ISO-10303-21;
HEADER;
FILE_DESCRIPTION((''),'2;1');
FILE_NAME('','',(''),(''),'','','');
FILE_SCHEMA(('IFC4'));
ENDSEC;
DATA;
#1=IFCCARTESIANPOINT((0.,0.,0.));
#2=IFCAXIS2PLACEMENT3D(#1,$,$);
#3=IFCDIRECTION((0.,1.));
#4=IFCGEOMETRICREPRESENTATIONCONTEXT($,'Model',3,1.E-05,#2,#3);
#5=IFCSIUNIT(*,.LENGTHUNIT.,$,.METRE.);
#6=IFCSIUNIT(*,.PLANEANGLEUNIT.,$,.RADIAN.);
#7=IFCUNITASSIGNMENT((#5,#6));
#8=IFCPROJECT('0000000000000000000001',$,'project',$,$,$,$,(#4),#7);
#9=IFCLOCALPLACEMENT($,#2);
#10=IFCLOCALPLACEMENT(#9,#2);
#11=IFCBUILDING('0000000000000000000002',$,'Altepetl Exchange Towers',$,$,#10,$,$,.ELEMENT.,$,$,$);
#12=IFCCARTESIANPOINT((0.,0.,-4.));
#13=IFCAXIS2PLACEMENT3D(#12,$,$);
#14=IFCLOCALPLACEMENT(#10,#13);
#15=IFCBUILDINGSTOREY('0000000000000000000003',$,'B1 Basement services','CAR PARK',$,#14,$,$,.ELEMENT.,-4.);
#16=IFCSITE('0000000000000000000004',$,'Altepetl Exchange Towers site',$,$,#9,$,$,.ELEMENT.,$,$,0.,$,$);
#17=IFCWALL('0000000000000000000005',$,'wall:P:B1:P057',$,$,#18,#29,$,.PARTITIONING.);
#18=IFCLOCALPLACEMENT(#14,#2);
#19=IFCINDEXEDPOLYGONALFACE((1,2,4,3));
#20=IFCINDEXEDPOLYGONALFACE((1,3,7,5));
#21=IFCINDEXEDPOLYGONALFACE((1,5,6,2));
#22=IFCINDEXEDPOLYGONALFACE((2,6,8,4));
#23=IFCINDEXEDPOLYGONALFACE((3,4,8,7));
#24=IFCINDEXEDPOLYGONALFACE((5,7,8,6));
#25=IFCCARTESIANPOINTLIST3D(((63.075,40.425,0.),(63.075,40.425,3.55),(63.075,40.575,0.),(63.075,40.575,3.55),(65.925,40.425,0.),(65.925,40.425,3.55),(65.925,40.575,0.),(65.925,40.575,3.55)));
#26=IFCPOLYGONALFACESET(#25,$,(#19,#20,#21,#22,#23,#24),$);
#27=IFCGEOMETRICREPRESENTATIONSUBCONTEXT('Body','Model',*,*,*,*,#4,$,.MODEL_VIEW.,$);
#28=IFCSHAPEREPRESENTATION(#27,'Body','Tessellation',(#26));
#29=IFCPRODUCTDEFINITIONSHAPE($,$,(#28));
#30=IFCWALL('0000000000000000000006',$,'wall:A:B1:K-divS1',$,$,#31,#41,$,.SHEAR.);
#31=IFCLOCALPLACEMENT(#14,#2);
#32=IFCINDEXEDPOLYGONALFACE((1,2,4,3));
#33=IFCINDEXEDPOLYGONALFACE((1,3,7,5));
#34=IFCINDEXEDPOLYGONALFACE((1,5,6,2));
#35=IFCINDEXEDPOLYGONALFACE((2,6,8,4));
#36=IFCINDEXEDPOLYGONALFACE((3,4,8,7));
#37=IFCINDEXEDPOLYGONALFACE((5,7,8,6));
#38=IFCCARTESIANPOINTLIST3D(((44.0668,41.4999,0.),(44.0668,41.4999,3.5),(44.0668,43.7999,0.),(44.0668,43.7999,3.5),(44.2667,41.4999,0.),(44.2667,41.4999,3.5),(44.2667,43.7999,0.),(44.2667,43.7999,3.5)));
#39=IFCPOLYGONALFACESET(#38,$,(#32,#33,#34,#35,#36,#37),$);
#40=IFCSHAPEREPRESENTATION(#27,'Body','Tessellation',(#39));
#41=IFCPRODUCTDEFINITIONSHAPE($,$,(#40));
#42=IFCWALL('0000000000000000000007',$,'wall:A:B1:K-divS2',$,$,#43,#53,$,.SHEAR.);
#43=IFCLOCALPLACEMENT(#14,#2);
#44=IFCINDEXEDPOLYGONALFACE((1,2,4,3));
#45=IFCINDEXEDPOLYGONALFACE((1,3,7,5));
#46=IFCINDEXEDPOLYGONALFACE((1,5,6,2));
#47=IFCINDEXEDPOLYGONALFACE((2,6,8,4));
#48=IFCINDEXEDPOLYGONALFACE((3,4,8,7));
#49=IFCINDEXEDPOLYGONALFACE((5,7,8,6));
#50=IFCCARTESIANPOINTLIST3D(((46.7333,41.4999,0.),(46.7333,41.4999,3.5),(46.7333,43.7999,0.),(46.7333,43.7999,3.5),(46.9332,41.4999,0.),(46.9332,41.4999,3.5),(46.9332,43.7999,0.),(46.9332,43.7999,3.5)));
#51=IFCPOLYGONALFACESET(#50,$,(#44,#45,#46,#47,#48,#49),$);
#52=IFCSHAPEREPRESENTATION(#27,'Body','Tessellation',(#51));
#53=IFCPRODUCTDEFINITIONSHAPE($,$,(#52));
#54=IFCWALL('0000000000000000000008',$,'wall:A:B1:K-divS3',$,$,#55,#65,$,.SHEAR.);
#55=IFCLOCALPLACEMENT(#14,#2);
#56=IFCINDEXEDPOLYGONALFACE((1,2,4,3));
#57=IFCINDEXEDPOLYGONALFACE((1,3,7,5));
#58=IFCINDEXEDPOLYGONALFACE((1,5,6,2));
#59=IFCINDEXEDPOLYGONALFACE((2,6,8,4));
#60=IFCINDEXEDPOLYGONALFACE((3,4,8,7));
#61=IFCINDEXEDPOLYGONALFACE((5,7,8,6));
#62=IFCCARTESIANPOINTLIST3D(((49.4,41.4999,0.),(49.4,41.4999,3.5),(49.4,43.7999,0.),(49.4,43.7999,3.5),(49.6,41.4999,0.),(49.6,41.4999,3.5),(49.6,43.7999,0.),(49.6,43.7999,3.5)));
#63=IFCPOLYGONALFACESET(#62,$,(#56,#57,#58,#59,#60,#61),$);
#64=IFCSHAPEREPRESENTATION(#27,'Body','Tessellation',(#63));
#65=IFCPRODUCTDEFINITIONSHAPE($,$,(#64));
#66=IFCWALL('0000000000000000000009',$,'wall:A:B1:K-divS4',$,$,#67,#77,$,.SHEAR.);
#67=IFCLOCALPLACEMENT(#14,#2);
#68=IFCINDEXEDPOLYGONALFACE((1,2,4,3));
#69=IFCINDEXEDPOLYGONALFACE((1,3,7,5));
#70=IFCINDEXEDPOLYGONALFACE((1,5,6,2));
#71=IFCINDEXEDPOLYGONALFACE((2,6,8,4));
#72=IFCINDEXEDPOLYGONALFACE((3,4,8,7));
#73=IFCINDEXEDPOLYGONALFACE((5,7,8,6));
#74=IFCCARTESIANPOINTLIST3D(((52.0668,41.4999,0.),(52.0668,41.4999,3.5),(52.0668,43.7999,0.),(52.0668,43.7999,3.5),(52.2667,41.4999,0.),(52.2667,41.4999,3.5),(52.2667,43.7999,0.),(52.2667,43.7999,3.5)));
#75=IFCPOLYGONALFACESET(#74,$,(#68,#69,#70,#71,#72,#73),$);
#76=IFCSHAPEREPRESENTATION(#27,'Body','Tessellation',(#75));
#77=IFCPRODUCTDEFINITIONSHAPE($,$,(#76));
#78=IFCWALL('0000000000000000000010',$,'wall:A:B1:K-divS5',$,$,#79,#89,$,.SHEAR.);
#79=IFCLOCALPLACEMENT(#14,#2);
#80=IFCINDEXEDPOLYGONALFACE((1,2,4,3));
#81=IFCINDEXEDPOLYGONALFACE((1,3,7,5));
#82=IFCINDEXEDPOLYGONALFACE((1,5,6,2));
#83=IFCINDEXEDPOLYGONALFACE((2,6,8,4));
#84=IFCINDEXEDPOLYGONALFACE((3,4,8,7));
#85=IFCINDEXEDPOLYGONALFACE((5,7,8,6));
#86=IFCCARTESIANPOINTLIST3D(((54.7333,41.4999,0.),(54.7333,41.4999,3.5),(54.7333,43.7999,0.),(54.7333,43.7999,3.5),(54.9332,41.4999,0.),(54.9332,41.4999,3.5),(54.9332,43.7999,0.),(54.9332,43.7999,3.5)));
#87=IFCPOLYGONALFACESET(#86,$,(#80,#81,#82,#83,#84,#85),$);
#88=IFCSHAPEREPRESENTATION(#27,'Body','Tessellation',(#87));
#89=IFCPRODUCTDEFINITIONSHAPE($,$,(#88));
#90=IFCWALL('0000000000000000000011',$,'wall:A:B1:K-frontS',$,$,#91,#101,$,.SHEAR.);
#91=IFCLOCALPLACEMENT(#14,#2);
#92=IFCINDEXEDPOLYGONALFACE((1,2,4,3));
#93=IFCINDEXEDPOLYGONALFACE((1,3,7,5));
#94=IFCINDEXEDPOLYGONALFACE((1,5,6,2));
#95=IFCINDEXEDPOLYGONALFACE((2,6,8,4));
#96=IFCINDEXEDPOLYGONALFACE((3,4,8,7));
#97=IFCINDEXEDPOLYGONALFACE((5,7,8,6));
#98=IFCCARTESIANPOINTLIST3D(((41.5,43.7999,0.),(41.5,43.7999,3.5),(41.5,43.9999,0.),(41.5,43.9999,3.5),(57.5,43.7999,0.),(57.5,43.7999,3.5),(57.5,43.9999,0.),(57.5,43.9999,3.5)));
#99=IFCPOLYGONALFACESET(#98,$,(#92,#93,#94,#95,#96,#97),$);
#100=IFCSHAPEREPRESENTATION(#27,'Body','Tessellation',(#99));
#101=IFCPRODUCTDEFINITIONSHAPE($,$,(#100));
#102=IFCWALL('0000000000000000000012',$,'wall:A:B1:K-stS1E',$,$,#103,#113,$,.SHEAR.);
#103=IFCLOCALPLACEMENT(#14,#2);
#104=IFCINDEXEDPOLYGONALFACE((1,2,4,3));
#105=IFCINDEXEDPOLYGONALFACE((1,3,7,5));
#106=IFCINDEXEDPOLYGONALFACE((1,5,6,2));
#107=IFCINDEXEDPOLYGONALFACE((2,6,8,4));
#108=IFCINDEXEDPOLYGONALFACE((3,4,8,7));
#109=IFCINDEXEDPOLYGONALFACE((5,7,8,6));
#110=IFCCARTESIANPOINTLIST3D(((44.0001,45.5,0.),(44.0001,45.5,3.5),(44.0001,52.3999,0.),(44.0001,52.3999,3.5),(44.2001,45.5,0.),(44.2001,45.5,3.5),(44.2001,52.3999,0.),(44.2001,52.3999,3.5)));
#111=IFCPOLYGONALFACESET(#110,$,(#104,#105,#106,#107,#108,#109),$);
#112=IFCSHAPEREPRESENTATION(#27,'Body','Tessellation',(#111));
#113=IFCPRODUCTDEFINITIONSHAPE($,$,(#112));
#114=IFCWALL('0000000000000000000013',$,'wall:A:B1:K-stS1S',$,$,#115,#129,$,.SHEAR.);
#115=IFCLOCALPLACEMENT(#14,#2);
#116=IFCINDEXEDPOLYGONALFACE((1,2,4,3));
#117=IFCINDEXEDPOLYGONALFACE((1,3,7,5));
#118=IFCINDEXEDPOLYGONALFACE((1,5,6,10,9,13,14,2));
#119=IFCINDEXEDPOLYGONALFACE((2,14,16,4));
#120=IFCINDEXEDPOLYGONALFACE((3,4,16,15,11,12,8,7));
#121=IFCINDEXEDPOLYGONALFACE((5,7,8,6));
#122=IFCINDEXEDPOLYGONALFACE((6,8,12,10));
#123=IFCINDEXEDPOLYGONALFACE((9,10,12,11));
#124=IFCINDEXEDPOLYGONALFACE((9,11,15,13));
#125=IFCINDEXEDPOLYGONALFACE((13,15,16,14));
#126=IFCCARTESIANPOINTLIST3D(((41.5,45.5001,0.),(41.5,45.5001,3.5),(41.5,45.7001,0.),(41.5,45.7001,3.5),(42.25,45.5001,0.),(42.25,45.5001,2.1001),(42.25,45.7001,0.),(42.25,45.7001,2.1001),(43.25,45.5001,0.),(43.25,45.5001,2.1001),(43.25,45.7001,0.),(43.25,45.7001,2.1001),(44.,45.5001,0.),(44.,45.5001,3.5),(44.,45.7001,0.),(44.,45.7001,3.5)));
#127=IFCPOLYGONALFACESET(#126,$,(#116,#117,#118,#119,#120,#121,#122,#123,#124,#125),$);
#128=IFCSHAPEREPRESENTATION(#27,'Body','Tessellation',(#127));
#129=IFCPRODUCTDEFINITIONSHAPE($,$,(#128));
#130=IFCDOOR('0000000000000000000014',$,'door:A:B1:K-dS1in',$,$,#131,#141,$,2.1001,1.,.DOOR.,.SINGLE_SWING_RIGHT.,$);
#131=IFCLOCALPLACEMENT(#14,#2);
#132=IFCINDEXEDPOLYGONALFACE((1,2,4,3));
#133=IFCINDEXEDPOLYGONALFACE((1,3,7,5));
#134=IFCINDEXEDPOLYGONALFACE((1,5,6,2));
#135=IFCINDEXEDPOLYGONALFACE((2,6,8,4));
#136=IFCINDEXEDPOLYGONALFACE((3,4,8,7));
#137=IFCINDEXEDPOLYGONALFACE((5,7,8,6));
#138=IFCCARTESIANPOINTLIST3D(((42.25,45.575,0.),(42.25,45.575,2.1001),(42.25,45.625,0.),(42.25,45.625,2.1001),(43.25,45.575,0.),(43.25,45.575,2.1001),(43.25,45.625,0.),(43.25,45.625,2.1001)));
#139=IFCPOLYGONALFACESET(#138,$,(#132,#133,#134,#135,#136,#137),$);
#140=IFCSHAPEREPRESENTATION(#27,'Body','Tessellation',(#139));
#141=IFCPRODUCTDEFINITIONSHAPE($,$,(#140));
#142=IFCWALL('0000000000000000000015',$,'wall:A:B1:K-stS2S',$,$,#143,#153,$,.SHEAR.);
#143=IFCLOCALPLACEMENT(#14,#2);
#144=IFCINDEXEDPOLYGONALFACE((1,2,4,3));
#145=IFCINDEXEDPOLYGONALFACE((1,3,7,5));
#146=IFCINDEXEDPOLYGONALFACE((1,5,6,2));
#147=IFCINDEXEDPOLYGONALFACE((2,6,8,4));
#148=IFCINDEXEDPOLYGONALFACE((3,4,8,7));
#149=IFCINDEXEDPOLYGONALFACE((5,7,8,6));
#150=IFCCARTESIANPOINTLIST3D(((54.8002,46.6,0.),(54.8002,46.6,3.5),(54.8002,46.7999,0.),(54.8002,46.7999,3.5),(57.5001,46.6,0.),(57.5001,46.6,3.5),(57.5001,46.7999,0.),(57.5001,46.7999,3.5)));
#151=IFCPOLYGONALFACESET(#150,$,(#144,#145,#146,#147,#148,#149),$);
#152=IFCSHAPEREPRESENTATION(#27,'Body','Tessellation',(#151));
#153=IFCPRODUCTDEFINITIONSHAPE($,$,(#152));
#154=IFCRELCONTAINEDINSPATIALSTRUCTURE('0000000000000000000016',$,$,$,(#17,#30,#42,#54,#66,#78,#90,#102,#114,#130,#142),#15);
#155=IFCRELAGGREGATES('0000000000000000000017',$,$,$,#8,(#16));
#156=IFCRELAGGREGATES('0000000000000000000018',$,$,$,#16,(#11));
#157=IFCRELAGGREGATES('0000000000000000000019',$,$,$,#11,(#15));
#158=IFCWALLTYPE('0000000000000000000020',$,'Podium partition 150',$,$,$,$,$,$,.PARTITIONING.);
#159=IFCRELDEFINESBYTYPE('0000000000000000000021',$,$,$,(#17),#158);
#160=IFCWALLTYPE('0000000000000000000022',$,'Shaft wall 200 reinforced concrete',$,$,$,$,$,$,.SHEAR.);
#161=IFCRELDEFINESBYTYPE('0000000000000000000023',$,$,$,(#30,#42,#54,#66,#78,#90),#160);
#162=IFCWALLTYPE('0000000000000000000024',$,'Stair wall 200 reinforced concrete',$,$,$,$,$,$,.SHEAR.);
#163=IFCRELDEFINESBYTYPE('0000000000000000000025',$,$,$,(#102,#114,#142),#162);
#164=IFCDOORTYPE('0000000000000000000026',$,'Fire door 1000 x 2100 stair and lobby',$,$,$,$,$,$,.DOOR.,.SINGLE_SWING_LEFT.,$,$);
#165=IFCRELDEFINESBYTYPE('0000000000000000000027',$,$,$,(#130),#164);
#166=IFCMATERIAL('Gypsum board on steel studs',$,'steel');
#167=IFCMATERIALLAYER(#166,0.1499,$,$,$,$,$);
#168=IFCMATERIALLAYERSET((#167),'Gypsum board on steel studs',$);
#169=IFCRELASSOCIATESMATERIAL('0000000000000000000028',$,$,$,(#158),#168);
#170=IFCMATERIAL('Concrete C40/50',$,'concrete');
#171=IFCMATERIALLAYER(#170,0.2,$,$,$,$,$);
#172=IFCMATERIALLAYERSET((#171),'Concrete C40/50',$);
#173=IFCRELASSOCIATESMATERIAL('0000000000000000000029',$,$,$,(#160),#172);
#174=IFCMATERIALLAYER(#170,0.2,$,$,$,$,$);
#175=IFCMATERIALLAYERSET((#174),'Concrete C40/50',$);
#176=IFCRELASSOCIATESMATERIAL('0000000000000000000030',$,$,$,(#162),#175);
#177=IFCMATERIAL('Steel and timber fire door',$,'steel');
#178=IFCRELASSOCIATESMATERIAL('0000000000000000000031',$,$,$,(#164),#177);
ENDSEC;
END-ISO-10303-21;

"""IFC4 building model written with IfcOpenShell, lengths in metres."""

from ifc_helpers import new_model, si_unit, direction, frame, frame_2d, origin, place, context, subcontext, project, spatial, rectangle, extrude, material, layer, layer_set, type_object, element, fill, save


model = new_model("IFC4")

# Units and contexts
model_context = context("Model", 3, precision=1e-05, world=origin(), true_north=direction((0.0, 1.0)))
body_context = subcontext(model_context, "Body", "Model", "MODEL_VIEW")
ifc_project = project(units=[si_unit("LENGTHUNIT", "METRE"), si_unit("PLANEANGLEUNIT", "RADIAN")], contexts=[model_context])

# Site, building, storey
site_placement = place(None, origin())
site = spatial("IfcSite", under=ifc_project, at=site_placement, Name="Altepetl Exchange Towers site", CompositionType="ELEMENT", RefElevation=0.0)
building_placement = place(site_placement, origin())
building = spatial("IfcBuilding", under=site, at=building_placement, Name="Altepetl Exchange Towers", CompositionType="ELEMENT")
storey_placement = place(building_placement, frame((0.0, 0.0, -4.0)))
storey = spatial("IfcBuildingStorey", under=building, at=storey_placement, Name="B1 Basement services", Description="CAR PARK", CompositionType="ELEMENT", Elevation=-4.0)

# Shared definitions
ifc_material_1 = material(Name="Steel and timber fire door", Category="steel")

# Shared definitions
ifc_material_2 = material(Name="Gypsum board on steel studs", Category="steel")
ifc_layer_1 = layer(ifc_material_2, 0.1499)
ifc_layer_set_1 = layer_set([ifc_layer_1], Name="Gypsum board on steel studs")
wall_type_1 = type_object("IfcWallType", Name="Podium partition 150", PredefinedType="PARTITIONING", material=ifc_layer_set_1)

# Walls
wall_1_placement = place(storey_placement, frame((63.075, 40.5, 0.0)))
element("IfcWall", 1, at=wall_1_placement, inside=storey, type_object=wall_type_1, Name="wall:P:B1:P057", PredefinedType="PARTITIONING", context=body_context, shape_type="SweptSolid", body=[
    extrude(rectangle(XDim=2.8501, YDim=0.1499, at=frame_2d((1.425, 0.0))), origin(), (0.0, 0.0, 1.0), 3.55),
])
ifc_material_3 = material(Name="Concrete C40/50", Category="concrete")
ifc_layer_2 = layer(ifc_material_3, 0.2)
ifc_layer_set_2 = layer_set([ifc_layer_2], Name="Concrete C40/50")
wall_type_2 = type_object("IfcWallType", Name="Shaft wall 200 reinforced concrete", PredefinedType="SHEAR", material=ifc_layer_set_2)
for number, where, z_axis, x_axis, name in (
    (2, (44.1667, 41.5, 0.0), (0.0, 0.0, 1.0), (0.0, 1.0, 0.0), "wall:A:B1:K-divS1"),
    (3, (46.8333, 41.5, 0.0), (0.0, 0.0, 1.0), (0.0, 1.0, 0.0), "wall:A:B1:K-divS2"),
    (4, (49.5, 41.5, 0.0), (0.0, 0.0, 1.0), (0.0, 1.0, 0.0), "wall:A:B1:K-divS3"),
    (5, (52.1667, 41.5, 0.0), (0.0, 0.0, 1.0), (0.0, 1.0, 0.0), "wall:A:B1:K-divS4"),
    (6, (54.8333, 41.5, 0.0), (0.0, 0.0, 1.0), (0.0, 1.0, 0.0), "wall:A:B1:K-divS5"),
):
    element("IfcWall", number, at=place(storey_placement, frame(where, z_axis=z_axis, x_axis=x_axis)), inside=storey, type_object=wall_type_2, Name=name, PredefinedType="SHEAR", context=body_context, shape_type="SweptSolid", body=[
        extrude(rectangle(XDim=2.3, YDim=0.2, at=frame_2d((1.1499, 0.0))), origin(), (0.0, 0.0, 1.0), 3.5),
    ])
wall_2_placement = place(storey_placement, frame((41.5, 43.8999, 0.0)))
element("IfcWall", 7, at=wall_2_placement, inside=storey, type_object=wall_type_2, Name="wall:A:B1:K-frontS", PredefinedType="SHEAR", context=body_context, shape_type="SweptSolid", body=[
    extrude(rectangle(XDim=16.0, YDim=0.2, at=frame_2d((8.0, 0.0))), origin(), (0.0, 0.0, 1.0), 3.5),
])
ifc_layer_3 = layer(ifc_material_3, 0.2)
ifc_layer_set_3 = layer_set([ifc_layer_3], Name="Concrete C40/50")
wall_type_3 = type_object("IfcWallType", Name="Stair wall 200 reinforced concrete", PredefinedType="SHEAR", material=ifc_layer_set_3)
wall_3_placement = place(storey_placement, frame((44.1001, 45.5, 0.0), z_axis=(0.0, 0.0, 1.0), x_axis=(0.0, 1.0, 0.0)))
element("IfcWall", 8, at=wall_3_placement, inside=storey, type_object=wall_type_3, Name="wall:A:B1:K-stS1E", PredefinedType="SHEAR", context=body_context, shape_type="SweptSolid", body=[
    extrude(rectangle(XDim=6.8999, YDim=0.2, at=frame_2d((3.45, 0.0))), origin(), (0.0, 0.0, 1.0), 3.5),
])

# Wall, opening, door
wall_4_placement = place(storey_placement, frame((41.5, 45.6001, 0.0)))
wall_4 = element("IfcWall", 9, at=wall_4_placement, inside=storey, type_object=wall_type_3, Name="wall:A:B1:K-stS1S", PredefinedType="SHEAR", context=body_context, shape_type="SweptSolid", body=[
    extrude(rectangle(XDim=2.5, YDim=0.2, at=frame_2d((1.25, 0.0))), origin(), (0.0, 0.0, 1.0), 3.5),
])
opening_1_placement = place(wall_4_placement, frame((0.75, 0.0, 0.0)))
opening_1 = element("IfcOpeningElement", 10, at=opening_1_placement, cuts=wall_4, PredefinedType="OPENING", context=body_context, shape_type="SweptSolid", body=[
    extrude(rectangle(XDim=1.0, YDim=2.1001, at=frame_2d((0.5, 1.05))), frame((0.0, 0.1099, 0.0), z_axis=(0.0, -1.0, 0.0), x_axis=(1.0, 0.0, 0.0)), (0.0, 0.0, 1.0), 0.22),
])
door_type_1 = type_object("IfcDoorType", Name="Fire door 1000 x 2100 stair and lobby", OperationType="SINGLE_SWING_LEFT", PredefinedType="DOOR", material=ifc_material_1)
door_1_placement = place(opening_1_placement, origin())
door_1 = element("IfcDoor", 11, at=door_1_placement, inside=storey, type_object=door_type_1, Name="door:A:B1:K-dS1in", OperationType="SINGLE_SWING_RIGHT", OverallHeight=2.1001, OverallWidth=1.0, PredefinedType="DOOR", context=body_context, shape_type="SweptSolid", body=[
    extrude(rectangle(XDim=1.0, YDim=2.1001, at=frame_2d((0.5, 1.05))), frame((0.0, 0.0249, 0.0), z_axis=(0.0, -1.0, 0.0), x_axis=(1.0, 0.0, 0.0)), (0.0, 0.0, 1.0), 0.05),
])
fill(opening_1, door_1)

# Wall
wall_5_placement = place(storey_placement, frame((54.8, 46.7, 0.0)))
element("IfcWall", 12, at=wall_5_placement, inside=storey, type_object=wall_type_3, Name="wall:A:B1:K-stS2S", PredefinedType="SHEAR", context=body_context, shape_type="SweptSolid", body=[
    extrude(rectangle(XDim=2.7, YDim=0.2, at=frame_2d((1.3501, 0.0))), origin(), (0.0, 0.0, 1.0), 3.5),
])

save(model, "model.ifc")
